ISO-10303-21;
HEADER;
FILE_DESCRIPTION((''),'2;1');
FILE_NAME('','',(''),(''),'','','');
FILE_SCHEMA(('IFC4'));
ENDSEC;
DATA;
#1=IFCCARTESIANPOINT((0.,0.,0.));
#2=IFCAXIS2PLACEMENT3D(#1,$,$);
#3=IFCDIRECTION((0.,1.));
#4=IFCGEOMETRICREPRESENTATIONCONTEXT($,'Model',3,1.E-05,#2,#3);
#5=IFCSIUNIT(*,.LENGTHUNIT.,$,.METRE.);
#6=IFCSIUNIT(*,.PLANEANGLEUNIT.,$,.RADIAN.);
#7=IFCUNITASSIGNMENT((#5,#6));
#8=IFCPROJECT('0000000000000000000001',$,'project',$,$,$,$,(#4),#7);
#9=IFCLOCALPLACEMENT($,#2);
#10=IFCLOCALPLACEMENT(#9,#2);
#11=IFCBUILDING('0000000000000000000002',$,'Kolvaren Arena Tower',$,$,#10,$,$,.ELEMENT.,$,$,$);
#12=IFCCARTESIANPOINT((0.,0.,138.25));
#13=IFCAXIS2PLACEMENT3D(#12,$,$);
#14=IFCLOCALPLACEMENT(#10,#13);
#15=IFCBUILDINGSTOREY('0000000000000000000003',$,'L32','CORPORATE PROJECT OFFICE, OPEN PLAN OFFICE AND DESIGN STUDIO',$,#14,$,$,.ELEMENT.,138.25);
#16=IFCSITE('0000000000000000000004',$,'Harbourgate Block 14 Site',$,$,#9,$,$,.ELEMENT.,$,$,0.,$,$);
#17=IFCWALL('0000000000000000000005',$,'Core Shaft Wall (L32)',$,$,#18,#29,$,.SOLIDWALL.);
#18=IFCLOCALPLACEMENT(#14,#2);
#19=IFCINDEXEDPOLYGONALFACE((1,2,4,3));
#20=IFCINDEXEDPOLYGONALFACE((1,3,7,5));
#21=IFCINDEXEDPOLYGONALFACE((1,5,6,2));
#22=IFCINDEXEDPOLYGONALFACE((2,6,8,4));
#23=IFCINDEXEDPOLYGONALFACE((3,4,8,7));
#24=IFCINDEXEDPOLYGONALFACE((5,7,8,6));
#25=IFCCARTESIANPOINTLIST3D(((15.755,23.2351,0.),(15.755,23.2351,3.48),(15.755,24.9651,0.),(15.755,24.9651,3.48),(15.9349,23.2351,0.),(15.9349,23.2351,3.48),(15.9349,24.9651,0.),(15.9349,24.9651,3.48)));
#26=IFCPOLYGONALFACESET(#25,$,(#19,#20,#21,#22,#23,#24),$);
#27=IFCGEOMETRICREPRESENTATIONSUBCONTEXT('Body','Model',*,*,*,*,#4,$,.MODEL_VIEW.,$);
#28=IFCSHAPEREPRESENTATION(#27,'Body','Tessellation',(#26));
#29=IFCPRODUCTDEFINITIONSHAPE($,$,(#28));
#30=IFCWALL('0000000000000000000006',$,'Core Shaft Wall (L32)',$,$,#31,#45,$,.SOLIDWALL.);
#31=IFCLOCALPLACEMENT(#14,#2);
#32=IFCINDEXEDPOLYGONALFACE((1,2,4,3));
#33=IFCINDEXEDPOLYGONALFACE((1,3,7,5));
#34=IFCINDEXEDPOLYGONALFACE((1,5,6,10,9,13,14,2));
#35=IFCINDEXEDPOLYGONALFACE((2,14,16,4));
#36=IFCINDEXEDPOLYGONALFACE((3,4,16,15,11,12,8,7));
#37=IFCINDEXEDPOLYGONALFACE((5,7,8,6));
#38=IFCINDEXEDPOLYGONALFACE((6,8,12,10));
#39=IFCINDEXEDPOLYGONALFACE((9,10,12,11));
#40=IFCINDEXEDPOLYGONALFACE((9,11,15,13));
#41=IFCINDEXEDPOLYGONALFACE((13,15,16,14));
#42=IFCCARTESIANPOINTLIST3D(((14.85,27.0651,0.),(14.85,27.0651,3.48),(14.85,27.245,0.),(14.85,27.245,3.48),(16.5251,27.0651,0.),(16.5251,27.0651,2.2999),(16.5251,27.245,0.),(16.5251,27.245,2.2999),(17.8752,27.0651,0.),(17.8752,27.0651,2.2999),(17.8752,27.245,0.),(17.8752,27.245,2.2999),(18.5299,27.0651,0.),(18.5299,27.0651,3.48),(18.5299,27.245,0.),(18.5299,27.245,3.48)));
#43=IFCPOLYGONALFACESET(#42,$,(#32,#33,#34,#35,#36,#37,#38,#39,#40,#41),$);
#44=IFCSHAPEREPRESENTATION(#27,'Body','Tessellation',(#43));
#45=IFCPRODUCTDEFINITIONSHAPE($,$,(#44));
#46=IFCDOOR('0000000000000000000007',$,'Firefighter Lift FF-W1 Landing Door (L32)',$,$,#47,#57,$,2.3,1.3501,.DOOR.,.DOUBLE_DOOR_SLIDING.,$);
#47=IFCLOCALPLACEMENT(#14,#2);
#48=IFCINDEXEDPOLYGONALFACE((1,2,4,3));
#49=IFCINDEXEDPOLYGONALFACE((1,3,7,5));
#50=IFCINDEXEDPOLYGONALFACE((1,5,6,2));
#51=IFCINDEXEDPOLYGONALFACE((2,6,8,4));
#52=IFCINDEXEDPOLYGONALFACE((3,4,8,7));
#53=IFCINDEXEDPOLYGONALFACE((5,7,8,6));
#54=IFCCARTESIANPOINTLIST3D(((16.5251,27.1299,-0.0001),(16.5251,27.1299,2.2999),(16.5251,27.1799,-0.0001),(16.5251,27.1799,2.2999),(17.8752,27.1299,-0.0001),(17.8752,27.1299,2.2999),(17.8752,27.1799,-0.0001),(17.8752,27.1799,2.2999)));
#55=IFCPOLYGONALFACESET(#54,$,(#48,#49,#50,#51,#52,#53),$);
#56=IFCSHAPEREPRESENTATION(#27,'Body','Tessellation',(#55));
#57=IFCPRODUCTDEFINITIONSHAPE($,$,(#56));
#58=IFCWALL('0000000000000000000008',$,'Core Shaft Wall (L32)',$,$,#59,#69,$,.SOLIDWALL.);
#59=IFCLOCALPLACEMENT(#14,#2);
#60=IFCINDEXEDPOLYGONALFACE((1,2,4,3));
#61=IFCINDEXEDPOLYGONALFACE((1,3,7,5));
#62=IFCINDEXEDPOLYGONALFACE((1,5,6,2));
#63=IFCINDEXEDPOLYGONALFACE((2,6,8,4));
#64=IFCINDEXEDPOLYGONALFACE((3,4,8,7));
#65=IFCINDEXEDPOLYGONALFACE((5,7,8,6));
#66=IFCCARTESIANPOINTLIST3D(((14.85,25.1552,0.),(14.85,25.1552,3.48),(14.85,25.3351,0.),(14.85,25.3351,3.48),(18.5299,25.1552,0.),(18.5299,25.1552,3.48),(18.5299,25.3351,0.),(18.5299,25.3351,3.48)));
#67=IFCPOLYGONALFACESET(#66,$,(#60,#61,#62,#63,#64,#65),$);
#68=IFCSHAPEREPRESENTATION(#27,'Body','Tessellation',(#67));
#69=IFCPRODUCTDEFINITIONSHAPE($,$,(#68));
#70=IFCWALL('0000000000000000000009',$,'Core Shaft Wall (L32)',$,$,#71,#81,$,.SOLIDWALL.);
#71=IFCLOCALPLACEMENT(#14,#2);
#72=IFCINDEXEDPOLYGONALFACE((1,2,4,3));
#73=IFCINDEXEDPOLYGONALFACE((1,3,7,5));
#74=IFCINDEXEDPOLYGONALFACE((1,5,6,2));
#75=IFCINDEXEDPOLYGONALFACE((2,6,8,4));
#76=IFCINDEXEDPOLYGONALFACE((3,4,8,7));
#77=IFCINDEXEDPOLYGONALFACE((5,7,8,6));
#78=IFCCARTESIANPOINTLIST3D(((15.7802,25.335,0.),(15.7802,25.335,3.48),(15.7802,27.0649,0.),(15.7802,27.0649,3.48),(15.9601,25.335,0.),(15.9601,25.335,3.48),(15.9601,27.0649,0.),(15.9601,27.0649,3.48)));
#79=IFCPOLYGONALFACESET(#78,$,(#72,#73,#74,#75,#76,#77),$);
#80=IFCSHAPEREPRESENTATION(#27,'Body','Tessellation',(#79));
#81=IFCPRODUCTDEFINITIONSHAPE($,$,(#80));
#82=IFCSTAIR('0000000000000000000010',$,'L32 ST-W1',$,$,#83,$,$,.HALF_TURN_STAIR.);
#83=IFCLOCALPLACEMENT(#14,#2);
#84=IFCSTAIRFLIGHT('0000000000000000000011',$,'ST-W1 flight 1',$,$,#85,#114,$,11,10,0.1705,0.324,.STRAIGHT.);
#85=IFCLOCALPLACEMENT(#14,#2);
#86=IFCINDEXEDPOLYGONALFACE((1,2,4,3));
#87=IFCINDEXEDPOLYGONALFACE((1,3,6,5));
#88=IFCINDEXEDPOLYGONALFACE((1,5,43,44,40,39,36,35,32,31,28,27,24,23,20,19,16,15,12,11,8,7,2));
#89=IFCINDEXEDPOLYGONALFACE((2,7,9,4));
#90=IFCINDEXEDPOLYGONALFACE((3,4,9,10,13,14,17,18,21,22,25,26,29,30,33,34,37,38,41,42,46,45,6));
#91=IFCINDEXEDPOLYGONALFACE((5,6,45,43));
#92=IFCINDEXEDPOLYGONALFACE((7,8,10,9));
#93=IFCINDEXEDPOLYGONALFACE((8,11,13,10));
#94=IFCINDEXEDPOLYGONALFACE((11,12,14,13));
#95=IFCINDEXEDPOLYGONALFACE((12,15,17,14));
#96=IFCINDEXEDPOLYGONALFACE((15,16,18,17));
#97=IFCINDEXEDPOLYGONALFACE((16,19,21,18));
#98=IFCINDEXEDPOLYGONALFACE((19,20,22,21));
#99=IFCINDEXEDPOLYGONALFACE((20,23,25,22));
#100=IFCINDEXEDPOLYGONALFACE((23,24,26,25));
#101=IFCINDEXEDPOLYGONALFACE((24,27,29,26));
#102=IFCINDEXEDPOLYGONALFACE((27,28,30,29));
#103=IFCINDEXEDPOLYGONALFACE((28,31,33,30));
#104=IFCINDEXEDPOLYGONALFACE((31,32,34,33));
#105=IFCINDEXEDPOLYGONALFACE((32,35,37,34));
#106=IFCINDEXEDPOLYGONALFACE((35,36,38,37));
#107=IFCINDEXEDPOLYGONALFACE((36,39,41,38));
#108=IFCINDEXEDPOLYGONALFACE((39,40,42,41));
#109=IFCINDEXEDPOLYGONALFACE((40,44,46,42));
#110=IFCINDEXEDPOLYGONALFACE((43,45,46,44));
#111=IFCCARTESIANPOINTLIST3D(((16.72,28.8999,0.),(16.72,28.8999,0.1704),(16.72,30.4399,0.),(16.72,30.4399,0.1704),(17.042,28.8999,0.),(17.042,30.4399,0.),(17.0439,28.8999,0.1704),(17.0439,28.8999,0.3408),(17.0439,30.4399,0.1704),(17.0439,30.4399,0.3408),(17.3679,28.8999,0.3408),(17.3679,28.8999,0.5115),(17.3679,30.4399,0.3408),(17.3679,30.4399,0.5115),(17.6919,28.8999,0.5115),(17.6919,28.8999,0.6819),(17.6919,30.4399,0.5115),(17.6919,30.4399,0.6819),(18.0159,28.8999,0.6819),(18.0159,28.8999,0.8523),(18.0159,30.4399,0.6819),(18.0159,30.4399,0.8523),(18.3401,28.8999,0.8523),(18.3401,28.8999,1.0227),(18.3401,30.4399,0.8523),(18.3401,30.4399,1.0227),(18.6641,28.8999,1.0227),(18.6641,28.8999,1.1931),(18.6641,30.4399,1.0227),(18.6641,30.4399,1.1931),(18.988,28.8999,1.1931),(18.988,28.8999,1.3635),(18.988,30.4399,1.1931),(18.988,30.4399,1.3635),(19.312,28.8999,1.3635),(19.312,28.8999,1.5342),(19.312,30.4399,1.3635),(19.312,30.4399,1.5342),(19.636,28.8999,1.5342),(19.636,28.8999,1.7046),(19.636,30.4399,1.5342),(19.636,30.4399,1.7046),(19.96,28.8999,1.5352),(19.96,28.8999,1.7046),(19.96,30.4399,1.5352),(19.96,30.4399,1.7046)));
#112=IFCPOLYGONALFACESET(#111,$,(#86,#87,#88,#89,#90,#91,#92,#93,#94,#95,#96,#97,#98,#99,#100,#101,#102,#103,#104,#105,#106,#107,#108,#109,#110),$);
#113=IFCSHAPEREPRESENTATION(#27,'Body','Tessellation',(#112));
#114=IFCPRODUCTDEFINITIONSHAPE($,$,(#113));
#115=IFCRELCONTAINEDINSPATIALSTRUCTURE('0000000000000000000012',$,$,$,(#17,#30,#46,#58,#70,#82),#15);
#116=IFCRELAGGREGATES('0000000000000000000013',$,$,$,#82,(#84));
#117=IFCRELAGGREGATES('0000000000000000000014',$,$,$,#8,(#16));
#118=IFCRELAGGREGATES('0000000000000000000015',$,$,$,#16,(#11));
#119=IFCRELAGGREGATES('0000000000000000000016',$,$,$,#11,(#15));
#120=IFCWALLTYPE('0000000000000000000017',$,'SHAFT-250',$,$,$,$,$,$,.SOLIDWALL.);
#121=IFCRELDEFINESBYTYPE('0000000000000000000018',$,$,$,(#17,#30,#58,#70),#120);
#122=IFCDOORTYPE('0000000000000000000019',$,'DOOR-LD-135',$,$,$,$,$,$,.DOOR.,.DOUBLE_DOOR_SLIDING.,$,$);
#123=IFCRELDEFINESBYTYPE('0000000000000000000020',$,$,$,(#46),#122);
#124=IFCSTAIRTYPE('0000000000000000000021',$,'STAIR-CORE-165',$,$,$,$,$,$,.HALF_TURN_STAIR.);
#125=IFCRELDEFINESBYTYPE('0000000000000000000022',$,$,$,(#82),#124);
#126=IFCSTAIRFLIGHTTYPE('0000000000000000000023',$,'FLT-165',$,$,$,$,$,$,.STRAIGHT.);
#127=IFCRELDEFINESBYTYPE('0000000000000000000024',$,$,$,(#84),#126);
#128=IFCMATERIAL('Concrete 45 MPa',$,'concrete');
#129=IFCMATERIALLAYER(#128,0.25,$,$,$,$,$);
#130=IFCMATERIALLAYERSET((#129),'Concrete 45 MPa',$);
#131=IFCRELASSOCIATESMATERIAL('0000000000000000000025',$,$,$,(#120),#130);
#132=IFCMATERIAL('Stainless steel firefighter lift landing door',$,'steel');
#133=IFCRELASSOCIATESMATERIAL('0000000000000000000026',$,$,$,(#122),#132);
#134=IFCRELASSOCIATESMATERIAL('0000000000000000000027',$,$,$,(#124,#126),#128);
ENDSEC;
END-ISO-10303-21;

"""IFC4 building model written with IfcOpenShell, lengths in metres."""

from ifc_helpers import new_model, si_unit, direction, frame, frame_2d, origin, place, context, subcontext, project, spatial, polyline, rectangle, outline, extrude, material, layer, layer_set, type_object, element, fill, aggregate, save


model = new_model("IFC4")

# Units and contexts
model_context = context("Model", 3, precision=1e-05, world=origin(), true_north=direction((0.0, 1.0)))
body_context = subcontext(model_context, "Body", "Model", "MODEL_VIEW")
ifc_project = project(units=[si_unit("LENGTHUNIT", "METRE"), si_unit("PLANEANGLEUNIT", "RADIAN")], contexts=[model_context])

# Site, building, storey
site_placement = place(None, origin())
site = spatial("IfcSite", under=ifc_project, at=site_placement, Name="Harbourgate Block 14 Site", CompositionType="ELEMENT", RefElevation=0.0)
building_placement = place(site_placement, origin())
building = spatial("IfcBuilding", under=site, at=building_placement, Name="Kolvaren Arena Tower", CompositionType="ELEMENT")
storey_placement = place(building_placement, frame((0.0, 0.0, 138.25)))
storey = spatial("IfcBuildingStorey", under=building, at=storey_placement, Name="L32", Description="CORPORATE PROJECT OFFICE, OPEN PLAN OFFICE AND DESIGN STUDIO", CompositionType="ELEMENT", Elevation=138.25)

# Shared definitions
ifc_material_1 = material(Name="Concrete 45 MPa", Category="concrete")
ifc_layer = layer(ifc_material_1, 0.25)
ifc_layer_set = layer_set([ifc_layer], Name="Concrete 45 MPa")
wall_type = type_object("IfcWallType", Name="SHAFT-250", PredefinedType="SOLIDWALL", material=ifc_layer_set)

# Wall
wall_1_placement = place(storey_placement, frame((15.845, 23.2351, 0.0), z_axis=(0.0, 0.0, 1.0), x_axis=(0.0, 1.0, 0.0)))
element("IfcWall", 1, at=wall_1_placement, inside=storey, type_object=wall_type, Name="Core Shaft Wall (L32)", PredefinedType="SOLIDWALL", context=body_context, shape_type="SweptSolid", body=[
    extrude(rectangle(XDim=1.73, YDim=0.1799, at=frame_2d((0.865, 0.0))), origin(), (0.0, 0.0, 1.0), 3.48),
])

# Wall, opening, door
wall_2_placement = place(storey_placement, frame((14.8501, 27.155, 0.0), z_axis=(0.0, 0.0, 1.0), x_axis=(1.0, 0.0, 0.0)))
wall_2 = element("IfcWall", 2, at=wall_2_placement, inside=storey, type_object=wall_type, Name="Core Shaft Wall (L32)", PredefinedType="SOLIDWALL", context=body_context, shape_type="SweptSolid", body=[
    extrude(rectangle(XDim=3.6799, YDim=0.1799, at=frame_2d((1.8398, 0.0))), origin(), (0.0, 0.0, 1.0), 3.48),
])
opening_1_placement = place(wall_2_placement, frame((1.675, 0.0, 0.0)))
opening_1 = element("IfcOpeningElement", 3, at=opening_1_placement, cuts=wall_2, PredefinedType="OPENING", context=body_context, shape_type="SweptSolid", body=[
    extrude(rectangle(XDim=1.3501, YDim=2.3, at=frame_2d((0.675, 1.1499))), frame((0.0, 0.0999, 0.0), z_axis=(0.0, -1.0, 0.0), x_axis=(1.0, 0.0, 0.0)), (0.0, 0.0, 1.0), 0.2),
])
ifc_material_2 = material(Name="Stainless steel firefighter lift landing door", Category="steel")
door_type_1 = type_object("IfcDoorType", Name="DOOR-LD-135", OperationType="DOUBLE_DOOR_SLIDING", PredefinedType="DOOR", material=ifc_material_2)
door_1_placement = place(opening_1_placement, origin())
door_1 = element("IfcDoor", 4, at=door_1_placement, inside=storey, type_object=door_type_1, Name="Firefighter Lift FF-W1 Landing Door (L32)", OperationType="DOUBLE_DOOR_SLIDING", OverallHeight=2.3, OverallWidth=1.3501, PredefinedType="DOOR", context=body_context, shape_type="SweptSolid", body=[
    extrude(rectangle(XDim=1.3501, YDim=2.3, at=frame_2d((0.675, 1.1499))), frame((0.0, 0.0249, 0.0), z_axis=(0.0, -1.0, 0.0), x_axis=(1.0, 0.0, 0.0)), (0.0, 0.0, 1.0), 0.05),
])
fill(opening_1, door_1)

# Walls
wall_3_placement = place(storey_placement, frame((14.8501, 25.2451, 0.0), z_axis=(0.0, 0.0, 1.0), x_axis=(1.0, 0.0, 0.0)))
element("IfcWall", 5, at=wall_3_placement, inside=storey, type_object=wall_type, Name="Core Shaft Wall (L32)", PredefinedType="SOLIDWALL", context=body_context, shape_type="SweptSolid", body=[
    extrude(rectangle(XDim=3.6799, YDim=0.1799, at=frame_2d((1.8398, 0.0))), origin(), (0.0, 0.0, 1.0), 3.48),
])
wall_4_placement = place(storey_placement, frame((15.8701, 25.335, 0.0), z_axis=(0.0, 0.0, 1.0), x_axis=(0.0, 1.0, 0.0)))
element("IfcWall", 6, at=wall_4_placement, inside=storey, type_object=wall_type, Name="Core Shaft Wall (L32)", PredefinedType="SOLIDWALL", context=body_context, shape_type="SweptSolid", body=[
    extrude(rectangle(XDim=1.73, YDim=0.1799, at=frame_2d((0.865, 0.0))), origin(), (0.0, 0.0, 1.0), 3.48),
])

# Stair, stair flight
stair_type = type_object("IfcStairType", Name="STAIR-CORE-165", PredefinedType="HALF_TURN_STAIR", material=ifc_material_1)
stair_placement = place(storey_placement, origin())
stair = element("IfcStair", 7, at=stair_placement, inside=storey, type_object=stair_type, Name="L32 ST-W1", PredefinedType="HALF_TURN_STAIR")
stair_flight_type = type_object("IfcStairFlightType", Name="FLT-165", PredefinedType="STRAIGHT", material=ifc_material_1)
stair_flight_placement = place(storey_placement, frame((16.72, 29.6699, 0.0), z_axis=(0.0, 0.0, 1.0), x_axis=(1.0, 0.0, 0.0)))
stair_flight = element("IfcStairFlight", 8, at=stair_flight_placement, type_object=stair_flight_type, Name="ST-W1 flight 1", NumberOfRisers=11, NumberOfTreads=10, PredefinedType="STRAIGHT", RiserHeight=0.1705, TreadLength=0.324, context=body_context, shape_type="SweptSolid", body=[
    extrude(outline(polyline([(0.0, 0.0), (0.0, 0.1704), (0.324, 0.1704), (0.324, 0.3408), (0.6479, 0.3408), (0.6479, 0.5115), (0.9719, 0.5115), (0.9719, 0.6819), (1.2959, 0.6819), (1.2959, 0.8523), (1.6201, 0.8523), (1.6201, 1.0227), (1.9441, 1.0227), (1.9441, 1.1931), (2.2681, 1.1931), (2.2681, 1.3635), (2.592, 1.3635), (2.592, 1.5342), (2.916, 1.5342), (2.916, 1.7046), (3.24, 1.7046), (3.24, 1.875), (3.24, 1.5352), (0.322, 0.0), (0.0, 0.0)])), frame((0.0, 0.77, 0.0), z_axis=(0.0, -1.0, 0.0), x_axis=(1.0, 0.0, 0.0)), (0.0, 0.0, 1.0), 1.54),
])
aggregate(stair, [stair_flight])

save(model, "model.ifc")
